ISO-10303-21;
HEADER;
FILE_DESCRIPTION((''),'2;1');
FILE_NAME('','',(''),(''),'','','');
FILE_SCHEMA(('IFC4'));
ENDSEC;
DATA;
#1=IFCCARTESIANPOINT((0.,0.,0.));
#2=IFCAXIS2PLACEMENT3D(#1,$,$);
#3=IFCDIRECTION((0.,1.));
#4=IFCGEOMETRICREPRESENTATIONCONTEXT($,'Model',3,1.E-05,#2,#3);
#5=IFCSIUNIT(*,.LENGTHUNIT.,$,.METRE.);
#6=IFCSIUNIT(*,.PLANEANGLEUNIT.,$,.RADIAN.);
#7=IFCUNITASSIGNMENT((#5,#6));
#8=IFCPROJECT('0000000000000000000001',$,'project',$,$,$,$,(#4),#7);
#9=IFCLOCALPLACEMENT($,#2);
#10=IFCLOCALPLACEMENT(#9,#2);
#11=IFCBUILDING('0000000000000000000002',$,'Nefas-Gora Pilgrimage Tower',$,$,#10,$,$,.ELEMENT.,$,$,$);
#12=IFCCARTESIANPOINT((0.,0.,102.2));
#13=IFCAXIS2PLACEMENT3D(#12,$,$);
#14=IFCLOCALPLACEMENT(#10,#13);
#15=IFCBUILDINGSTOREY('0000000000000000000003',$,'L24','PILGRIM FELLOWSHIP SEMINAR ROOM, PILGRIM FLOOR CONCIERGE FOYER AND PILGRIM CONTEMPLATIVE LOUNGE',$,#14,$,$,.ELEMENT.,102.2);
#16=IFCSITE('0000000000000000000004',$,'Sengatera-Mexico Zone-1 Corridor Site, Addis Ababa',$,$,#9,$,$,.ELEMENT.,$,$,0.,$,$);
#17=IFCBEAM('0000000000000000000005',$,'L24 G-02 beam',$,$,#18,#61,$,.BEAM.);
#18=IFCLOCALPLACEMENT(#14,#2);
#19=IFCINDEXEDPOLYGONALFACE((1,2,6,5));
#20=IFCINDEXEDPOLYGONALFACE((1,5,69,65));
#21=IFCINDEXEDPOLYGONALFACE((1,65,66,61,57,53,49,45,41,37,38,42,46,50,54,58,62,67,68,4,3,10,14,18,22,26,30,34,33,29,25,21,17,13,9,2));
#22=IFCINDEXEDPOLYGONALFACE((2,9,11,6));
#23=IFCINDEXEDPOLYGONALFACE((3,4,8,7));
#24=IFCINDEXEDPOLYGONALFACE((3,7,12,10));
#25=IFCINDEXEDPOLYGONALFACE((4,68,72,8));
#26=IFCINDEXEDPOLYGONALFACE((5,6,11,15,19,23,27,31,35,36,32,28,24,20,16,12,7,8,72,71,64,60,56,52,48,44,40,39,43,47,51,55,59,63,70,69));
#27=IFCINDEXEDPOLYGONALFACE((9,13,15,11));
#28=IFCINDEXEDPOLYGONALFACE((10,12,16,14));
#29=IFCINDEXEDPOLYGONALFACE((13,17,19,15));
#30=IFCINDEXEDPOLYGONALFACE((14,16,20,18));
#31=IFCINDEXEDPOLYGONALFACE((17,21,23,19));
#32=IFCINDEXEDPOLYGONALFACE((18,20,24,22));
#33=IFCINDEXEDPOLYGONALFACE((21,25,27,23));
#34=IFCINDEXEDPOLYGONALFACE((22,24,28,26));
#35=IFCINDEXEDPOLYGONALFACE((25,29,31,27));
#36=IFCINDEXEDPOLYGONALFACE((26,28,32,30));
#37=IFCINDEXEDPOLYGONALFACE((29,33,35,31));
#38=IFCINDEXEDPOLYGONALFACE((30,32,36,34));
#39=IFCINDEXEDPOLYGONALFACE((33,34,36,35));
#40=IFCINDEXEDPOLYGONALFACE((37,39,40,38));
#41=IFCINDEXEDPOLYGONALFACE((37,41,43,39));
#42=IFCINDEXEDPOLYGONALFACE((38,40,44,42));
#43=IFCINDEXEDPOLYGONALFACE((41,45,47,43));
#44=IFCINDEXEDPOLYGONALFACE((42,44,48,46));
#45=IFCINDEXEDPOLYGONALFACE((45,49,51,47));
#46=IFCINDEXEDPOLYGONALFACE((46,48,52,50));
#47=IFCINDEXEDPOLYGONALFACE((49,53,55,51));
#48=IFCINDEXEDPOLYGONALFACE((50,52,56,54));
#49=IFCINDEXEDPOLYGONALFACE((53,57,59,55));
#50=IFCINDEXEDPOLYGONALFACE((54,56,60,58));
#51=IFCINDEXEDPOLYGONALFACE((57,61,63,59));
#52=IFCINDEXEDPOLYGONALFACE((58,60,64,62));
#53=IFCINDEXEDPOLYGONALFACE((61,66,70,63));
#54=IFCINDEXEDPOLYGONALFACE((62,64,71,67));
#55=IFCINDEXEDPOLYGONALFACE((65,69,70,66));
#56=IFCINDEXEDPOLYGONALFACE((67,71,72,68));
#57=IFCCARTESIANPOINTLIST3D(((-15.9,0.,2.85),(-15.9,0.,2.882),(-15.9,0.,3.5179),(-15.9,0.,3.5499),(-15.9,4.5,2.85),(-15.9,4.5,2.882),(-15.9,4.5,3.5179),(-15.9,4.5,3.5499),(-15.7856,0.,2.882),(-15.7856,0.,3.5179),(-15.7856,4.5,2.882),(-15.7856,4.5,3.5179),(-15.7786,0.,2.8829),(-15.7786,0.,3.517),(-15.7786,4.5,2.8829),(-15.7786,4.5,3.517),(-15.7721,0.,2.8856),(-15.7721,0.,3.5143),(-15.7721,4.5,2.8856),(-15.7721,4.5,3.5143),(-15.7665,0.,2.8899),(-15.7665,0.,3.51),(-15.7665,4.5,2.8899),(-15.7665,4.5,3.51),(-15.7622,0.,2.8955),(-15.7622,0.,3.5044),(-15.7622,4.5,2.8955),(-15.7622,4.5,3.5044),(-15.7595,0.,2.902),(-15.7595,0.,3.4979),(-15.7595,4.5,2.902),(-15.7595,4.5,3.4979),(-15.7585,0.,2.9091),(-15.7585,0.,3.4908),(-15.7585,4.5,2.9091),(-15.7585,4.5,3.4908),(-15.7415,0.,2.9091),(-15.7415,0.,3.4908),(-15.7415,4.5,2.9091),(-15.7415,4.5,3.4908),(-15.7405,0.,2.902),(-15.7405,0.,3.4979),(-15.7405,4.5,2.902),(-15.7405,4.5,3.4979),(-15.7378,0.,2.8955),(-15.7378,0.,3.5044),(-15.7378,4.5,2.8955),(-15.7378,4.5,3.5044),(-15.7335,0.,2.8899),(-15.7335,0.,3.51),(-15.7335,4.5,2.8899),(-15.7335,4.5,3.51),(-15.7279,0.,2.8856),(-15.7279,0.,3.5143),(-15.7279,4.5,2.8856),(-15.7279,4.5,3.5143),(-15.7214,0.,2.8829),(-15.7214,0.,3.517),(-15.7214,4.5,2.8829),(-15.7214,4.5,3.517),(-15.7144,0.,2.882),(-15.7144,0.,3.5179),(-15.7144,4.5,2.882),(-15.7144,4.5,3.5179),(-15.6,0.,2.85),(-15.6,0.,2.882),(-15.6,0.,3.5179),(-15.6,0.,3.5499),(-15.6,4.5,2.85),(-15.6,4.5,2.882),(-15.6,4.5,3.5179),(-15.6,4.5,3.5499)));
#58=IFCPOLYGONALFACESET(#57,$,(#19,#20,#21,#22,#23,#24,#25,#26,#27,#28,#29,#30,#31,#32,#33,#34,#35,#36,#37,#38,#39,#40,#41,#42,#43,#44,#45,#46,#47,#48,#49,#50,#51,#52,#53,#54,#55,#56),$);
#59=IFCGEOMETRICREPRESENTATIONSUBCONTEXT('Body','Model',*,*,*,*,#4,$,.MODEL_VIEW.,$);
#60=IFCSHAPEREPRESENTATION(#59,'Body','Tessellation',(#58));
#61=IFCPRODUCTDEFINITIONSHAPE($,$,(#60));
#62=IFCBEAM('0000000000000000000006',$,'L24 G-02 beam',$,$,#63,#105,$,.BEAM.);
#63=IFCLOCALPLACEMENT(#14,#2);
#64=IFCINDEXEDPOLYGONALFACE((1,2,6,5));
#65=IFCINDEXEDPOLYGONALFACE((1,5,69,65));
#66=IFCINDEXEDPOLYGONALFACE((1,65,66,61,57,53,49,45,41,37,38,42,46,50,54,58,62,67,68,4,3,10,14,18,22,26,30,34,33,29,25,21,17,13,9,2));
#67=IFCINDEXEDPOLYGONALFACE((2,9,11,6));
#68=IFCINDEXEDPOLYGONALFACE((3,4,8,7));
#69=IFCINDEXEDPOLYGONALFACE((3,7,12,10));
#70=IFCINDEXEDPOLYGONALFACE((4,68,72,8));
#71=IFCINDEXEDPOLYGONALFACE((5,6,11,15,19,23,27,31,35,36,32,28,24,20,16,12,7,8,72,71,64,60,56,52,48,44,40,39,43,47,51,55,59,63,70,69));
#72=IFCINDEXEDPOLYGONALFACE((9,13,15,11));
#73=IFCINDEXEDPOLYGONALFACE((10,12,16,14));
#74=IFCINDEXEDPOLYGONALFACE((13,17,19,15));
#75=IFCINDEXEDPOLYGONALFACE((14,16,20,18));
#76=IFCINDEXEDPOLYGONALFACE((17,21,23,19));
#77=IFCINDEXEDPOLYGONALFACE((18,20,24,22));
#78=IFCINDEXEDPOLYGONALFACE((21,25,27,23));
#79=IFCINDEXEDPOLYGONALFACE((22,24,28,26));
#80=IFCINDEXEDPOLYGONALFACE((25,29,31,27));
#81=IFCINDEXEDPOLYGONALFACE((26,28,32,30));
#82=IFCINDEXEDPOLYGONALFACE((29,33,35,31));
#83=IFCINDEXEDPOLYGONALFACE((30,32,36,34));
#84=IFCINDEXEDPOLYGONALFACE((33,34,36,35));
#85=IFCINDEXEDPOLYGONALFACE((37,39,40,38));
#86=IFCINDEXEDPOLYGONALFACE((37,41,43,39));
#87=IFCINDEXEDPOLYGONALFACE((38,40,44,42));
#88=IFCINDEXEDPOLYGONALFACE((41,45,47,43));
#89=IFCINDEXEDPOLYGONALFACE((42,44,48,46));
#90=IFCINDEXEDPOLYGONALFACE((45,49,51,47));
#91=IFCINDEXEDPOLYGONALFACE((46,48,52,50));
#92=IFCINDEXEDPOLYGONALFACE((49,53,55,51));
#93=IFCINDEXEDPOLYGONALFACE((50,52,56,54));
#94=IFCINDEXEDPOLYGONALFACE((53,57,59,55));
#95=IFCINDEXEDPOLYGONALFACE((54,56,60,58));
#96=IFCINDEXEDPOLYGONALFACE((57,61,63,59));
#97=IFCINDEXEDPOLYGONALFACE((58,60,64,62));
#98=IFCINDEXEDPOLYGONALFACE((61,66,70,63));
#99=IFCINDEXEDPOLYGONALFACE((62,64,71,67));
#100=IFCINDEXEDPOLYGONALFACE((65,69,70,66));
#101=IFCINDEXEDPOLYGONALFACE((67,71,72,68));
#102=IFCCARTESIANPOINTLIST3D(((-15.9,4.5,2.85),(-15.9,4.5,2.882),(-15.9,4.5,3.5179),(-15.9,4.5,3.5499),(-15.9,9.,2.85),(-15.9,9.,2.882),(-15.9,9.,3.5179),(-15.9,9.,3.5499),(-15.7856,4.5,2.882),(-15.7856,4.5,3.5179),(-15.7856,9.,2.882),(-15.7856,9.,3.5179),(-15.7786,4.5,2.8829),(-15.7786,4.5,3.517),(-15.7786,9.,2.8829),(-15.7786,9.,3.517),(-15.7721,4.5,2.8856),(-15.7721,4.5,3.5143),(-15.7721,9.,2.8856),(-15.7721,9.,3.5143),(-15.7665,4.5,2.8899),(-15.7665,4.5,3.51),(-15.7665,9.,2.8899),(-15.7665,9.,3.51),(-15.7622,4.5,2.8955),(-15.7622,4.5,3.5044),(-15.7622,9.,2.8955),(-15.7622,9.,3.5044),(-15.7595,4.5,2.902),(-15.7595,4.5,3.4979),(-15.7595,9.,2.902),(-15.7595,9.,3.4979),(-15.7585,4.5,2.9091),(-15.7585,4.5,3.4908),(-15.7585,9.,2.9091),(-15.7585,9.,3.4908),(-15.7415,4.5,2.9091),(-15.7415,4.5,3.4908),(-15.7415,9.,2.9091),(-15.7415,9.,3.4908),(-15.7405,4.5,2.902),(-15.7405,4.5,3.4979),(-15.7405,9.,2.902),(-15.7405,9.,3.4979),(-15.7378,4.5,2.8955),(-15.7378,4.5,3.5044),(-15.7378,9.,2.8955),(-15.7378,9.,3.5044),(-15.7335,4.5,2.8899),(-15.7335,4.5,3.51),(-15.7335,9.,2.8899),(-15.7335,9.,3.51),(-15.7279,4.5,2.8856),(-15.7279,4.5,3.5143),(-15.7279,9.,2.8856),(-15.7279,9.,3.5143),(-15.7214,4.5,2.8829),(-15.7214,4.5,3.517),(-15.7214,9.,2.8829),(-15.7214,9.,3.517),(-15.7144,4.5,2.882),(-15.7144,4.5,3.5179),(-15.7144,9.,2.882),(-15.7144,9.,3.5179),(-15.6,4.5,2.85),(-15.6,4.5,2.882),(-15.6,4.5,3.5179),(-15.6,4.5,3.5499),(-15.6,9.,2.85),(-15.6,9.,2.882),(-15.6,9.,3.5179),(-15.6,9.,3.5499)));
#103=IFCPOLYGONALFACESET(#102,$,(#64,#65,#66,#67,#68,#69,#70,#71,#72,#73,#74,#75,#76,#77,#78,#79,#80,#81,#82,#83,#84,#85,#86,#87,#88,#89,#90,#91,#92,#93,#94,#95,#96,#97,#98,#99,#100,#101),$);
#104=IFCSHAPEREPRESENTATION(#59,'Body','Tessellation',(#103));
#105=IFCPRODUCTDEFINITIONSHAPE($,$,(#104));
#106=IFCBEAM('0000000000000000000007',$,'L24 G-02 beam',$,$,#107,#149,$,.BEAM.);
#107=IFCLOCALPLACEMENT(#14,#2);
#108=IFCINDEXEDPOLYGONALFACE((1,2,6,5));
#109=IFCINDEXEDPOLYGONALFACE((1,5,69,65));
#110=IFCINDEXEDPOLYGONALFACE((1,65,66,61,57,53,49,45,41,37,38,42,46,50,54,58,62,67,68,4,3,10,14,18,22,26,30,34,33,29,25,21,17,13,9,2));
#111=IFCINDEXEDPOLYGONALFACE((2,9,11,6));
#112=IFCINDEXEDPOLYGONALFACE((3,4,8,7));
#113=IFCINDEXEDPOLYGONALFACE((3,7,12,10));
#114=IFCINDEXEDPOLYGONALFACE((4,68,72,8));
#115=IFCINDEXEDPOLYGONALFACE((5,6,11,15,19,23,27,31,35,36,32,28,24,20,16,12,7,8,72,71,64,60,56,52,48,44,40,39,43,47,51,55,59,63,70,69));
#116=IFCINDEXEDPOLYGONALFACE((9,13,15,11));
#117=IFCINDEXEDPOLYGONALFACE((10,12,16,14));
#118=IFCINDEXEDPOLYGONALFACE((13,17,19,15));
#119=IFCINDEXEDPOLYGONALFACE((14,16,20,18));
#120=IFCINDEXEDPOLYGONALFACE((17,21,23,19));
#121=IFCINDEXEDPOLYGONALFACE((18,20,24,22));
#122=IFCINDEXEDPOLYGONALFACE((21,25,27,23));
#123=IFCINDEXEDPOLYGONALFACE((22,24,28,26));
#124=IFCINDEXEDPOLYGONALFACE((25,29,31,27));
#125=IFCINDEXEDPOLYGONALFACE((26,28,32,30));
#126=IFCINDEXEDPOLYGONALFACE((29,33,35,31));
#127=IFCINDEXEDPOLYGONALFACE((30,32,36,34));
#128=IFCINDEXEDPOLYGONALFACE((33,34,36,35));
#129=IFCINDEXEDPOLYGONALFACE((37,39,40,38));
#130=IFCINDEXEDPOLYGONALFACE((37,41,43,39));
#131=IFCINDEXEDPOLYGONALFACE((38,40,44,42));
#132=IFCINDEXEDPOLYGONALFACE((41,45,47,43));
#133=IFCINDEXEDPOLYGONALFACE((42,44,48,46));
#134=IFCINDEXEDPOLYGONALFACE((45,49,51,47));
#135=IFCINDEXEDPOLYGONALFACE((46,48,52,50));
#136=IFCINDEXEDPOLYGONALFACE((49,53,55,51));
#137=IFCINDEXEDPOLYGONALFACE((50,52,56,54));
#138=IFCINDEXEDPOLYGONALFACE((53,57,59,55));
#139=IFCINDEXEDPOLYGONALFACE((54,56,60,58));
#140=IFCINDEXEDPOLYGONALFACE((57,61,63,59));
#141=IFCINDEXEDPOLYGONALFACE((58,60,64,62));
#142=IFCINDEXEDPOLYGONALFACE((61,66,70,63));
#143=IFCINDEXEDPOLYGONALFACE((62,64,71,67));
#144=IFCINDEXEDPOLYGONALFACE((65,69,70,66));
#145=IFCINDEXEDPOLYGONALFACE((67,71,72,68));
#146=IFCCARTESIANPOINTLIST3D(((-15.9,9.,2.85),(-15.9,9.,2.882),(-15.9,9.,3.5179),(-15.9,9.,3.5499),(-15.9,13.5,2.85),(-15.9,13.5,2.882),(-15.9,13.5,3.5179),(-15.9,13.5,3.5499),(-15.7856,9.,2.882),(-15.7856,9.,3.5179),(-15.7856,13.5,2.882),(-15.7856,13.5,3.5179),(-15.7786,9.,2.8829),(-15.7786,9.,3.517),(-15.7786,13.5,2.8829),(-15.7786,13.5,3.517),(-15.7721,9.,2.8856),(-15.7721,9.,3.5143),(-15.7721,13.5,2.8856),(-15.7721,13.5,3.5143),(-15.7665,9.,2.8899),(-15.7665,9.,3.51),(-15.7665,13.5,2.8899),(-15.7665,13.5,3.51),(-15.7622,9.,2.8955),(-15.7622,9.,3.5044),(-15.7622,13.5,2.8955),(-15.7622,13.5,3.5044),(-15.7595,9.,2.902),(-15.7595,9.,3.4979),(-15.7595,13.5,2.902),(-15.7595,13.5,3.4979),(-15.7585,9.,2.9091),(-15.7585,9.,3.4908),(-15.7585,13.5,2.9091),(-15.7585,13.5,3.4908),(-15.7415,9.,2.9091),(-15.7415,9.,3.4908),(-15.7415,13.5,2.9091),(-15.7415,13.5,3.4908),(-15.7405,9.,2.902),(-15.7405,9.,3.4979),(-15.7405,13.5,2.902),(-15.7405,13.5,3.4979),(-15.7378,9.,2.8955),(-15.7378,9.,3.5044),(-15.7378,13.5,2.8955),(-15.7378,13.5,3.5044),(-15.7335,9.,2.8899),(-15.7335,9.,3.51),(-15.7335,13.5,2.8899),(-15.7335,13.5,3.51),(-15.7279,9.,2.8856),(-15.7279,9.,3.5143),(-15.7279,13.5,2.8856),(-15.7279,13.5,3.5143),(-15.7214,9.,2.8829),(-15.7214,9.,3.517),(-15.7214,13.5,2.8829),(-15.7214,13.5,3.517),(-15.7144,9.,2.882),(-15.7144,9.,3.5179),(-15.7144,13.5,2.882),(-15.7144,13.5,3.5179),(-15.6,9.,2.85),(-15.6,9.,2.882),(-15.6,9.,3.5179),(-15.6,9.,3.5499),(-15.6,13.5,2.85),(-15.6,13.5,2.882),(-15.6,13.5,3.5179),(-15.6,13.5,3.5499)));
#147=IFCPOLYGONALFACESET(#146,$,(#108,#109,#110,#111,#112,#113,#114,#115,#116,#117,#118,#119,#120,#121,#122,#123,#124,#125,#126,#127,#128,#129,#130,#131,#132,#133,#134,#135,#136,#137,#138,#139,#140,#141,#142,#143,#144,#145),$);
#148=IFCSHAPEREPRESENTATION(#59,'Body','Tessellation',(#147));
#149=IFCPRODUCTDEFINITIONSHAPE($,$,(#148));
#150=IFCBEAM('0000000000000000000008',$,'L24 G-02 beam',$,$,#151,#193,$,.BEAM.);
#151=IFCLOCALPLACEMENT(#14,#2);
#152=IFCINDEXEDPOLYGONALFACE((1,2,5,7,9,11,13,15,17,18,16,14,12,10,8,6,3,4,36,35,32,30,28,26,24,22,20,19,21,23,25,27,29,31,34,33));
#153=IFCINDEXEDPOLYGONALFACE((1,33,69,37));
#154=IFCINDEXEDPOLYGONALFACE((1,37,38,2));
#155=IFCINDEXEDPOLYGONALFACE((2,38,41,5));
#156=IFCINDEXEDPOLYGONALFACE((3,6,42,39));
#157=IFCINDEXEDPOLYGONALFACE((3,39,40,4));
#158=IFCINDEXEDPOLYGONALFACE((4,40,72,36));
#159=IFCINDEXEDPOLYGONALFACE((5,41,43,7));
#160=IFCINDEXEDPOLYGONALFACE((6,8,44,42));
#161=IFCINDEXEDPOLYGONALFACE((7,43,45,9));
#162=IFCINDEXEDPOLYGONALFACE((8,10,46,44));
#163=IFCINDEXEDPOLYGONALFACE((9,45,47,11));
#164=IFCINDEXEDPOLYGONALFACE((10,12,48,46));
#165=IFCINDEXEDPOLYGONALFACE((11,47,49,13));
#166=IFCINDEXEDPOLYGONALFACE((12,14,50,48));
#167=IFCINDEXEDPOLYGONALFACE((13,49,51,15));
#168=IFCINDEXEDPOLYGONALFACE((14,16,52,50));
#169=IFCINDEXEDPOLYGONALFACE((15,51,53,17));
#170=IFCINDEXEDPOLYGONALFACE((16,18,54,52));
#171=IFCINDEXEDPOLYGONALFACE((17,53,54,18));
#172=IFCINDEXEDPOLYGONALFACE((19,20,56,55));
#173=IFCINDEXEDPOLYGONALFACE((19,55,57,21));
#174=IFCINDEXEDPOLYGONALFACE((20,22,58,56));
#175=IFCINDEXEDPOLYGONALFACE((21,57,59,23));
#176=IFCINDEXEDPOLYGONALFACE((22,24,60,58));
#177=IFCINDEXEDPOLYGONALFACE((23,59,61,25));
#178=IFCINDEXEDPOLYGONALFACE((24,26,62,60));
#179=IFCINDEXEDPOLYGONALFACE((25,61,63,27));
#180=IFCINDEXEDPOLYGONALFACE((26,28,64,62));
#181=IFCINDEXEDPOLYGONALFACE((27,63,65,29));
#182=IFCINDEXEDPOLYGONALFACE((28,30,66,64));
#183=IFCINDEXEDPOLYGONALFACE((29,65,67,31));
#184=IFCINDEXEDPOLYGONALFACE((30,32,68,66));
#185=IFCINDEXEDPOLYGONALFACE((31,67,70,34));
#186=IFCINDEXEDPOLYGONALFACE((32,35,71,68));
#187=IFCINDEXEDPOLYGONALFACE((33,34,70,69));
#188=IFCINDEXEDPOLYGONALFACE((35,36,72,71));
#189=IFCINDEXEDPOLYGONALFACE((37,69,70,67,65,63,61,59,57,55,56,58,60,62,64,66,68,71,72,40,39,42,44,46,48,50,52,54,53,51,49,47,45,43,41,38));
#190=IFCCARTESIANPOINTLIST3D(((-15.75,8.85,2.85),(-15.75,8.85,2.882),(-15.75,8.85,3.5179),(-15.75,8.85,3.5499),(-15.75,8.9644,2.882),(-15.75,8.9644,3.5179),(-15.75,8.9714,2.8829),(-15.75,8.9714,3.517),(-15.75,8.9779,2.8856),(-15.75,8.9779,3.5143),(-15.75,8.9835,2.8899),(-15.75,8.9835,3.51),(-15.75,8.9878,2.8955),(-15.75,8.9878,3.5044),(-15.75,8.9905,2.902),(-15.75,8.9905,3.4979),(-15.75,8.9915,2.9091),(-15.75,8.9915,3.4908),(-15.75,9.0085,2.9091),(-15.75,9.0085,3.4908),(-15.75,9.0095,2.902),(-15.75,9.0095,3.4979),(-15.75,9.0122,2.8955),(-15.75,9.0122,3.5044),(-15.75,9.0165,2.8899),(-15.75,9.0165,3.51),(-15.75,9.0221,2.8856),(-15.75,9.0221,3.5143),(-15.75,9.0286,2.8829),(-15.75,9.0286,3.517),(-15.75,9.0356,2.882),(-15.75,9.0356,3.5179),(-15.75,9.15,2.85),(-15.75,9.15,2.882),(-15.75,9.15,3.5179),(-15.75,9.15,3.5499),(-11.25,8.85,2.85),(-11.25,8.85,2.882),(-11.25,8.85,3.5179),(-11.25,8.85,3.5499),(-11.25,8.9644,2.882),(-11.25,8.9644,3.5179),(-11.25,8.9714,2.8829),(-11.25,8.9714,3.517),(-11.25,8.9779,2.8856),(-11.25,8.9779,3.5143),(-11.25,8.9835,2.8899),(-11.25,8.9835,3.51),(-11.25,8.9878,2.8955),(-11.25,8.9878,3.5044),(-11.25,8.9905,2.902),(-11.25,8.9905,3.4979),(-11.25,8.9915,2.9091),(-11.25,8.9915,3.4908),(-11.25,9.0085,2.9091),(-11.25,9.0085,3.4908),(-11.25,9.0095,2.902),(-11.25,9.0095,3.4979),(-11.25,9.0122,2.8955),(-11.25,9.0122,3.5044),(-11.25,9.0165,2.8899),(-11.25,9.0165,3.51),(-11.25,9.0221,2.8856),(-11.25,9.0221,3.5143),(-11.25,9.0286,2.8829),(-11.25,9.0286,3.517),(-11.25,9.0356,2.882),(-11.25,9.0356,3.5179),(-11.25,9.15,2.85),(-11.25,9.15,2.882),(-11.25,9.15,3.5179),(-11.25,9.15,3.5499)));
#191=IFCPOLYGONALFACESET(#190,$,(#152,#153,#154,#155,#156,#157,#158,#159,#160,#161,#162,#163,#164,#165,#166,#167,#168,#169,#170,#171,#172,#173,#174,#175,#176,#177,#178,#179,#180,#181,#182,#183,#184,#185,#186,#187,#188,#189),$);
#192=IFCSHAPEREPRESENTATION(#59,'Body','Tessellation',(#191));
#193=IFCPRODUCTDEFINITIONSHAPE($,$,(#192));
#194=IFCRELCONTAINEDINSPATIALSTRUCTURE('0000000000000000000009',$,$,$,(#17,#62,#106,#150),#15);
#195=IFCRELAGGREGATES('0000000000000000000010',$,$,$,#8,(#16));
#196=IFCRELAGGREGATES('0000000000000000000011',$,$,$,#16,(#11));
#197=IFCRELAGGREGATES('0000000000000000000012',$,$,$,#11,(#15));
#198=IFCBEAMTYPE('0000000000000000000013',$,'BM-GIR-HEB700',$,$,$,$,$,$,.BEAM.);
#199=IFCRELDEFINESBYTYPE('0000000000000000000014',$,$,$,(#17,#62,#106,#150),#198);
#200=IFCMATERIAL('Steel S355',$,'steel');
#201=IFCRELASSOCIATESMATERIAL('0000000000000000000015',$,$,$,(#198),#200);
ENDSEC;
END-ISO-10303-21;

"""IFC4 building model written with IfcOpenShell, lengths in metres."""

from ifc_helpers import new_model, si_unit, direction, frame, origin, origin_2d, place, context, subcontext, project, spatial, i_section, extrude, source, transform, mapped, material, material_profile, profile_set, type_object, element, save


model = new_model("IFC4")

# Units and contexts
model_context = context("Model", 3, precision=1e-05, world=origin(), true_north=direction((0.0, 1.0)))
body_context = subcontext(model_context, "Body", "Model", "MODEL_VIEW")
ifc_project = project(units=[si_unit("LENGTHUNIT", "METRE"), si_unit("PLANEANGLEUNIT", "RADIAN")], contexts=[model_context])

# Site, building, storey
site_placement = place(None, origin())
site = spatial("IfcSite", under=ifc_project, at=site_placement, Name="Sengatera-Mexico Zone-1 Corridor Site, Addis Ababa", CompositionType="ELEMENT", RefElevation=0.0)
building_placement = place(site_placement, origin())
building = spatial("IfcBuilding", under=site, at=building_placement, Name="Nefas-Gora Pilgrimage Tower", CompositionType="ELEMENT")
storey_placement = place(building_placement, frame((0.0, 0.0, 102.2)))
storey = spatial("IfcBuildingStorey", under=building, at=storey_placement, Name="L24", Description="PILGRIM FELLOWSHIP SEMINAR ROOM, PILGRIM FLOOR CONCIERGE FOYER AND PILGRIM CONTEMPLATIVE LOUNGE", CompositionType="ELEMENT", Elevation=102.2)

# Beams
ifc_material_1 = material(Name="Steel S355", Category="steel")
ifc_material_profile_1 = material_profile(ifc_material_1, i_section(OverallWidth=0.3, OverallDepth=0.7, WebThickness=0.0171, FlangeThickness=0.032, FilletRadius=0.0271, at=origin_2d()), Name="HEB 700")
ifc_profile_set_1 = profile_set([ifc_material_profile_1], Name="Steel S355")
beam_type_1 = type_object("IfcBeamType", Name="BM-GIR-HEB700", PredefinedType="BEAM", material=ifc_profile_set_1)
shared_shape_1 = source(origin(), body_context, "Body", "SweptSolid", [
    extrude(i_section(OverallWidth=0.3, OverallDepth=0.7, WebThickness=0.0171, FlangeThickness=0.032, FilletRadius=0.0271, at=origin_2d()), origin(), (0.0, 0.0, 1.0), 4.5),
])
for number, where, z_axis, x_axis, name in (
    (1, (-15.75, 0.0, 3.2), (0.0, 1.0, 0.0), (-1.0, 0.0, 0.0), "L24 G-02 beam"),
    (2, (-15.75, 4.5, 3.2), (0.0, 1.0, 0.0), (-1.0, 0.0, 0.0), "L24 G-02 beam"),
    (3, (-15.75, 9.0, 3.2), (0.0, 1.0, 0.0), (-1.0, 0.0, 0.0), "L24 G-02 beam"),
    (4, (-15.75, 9.0, 3.2), (1.0, 0.0, 0.0), (0.0, 1.0, 0.0), "L24 G-02 beam"),
):
    element("IfcBeam", number, at=place(storey_placement, frame(where, z_axis=z_axis, x_axis=x_axis)), inside=storey, type_object=beam_type_1, Name=name, PredefinedType="BEAM", context=body_context, shape_type="MappedRepresentation", body=[
        mapped(shared_shape_1, transform((0.0, 0.0, 0.0), x_axis=(1.0, 0.0, 0.0), y_axis=(0.0, 1.0, 0.0), z_axis=(0.0, 0.0, 1.0), scale=1.0)),
    ])

save(model, "model.ifc")
